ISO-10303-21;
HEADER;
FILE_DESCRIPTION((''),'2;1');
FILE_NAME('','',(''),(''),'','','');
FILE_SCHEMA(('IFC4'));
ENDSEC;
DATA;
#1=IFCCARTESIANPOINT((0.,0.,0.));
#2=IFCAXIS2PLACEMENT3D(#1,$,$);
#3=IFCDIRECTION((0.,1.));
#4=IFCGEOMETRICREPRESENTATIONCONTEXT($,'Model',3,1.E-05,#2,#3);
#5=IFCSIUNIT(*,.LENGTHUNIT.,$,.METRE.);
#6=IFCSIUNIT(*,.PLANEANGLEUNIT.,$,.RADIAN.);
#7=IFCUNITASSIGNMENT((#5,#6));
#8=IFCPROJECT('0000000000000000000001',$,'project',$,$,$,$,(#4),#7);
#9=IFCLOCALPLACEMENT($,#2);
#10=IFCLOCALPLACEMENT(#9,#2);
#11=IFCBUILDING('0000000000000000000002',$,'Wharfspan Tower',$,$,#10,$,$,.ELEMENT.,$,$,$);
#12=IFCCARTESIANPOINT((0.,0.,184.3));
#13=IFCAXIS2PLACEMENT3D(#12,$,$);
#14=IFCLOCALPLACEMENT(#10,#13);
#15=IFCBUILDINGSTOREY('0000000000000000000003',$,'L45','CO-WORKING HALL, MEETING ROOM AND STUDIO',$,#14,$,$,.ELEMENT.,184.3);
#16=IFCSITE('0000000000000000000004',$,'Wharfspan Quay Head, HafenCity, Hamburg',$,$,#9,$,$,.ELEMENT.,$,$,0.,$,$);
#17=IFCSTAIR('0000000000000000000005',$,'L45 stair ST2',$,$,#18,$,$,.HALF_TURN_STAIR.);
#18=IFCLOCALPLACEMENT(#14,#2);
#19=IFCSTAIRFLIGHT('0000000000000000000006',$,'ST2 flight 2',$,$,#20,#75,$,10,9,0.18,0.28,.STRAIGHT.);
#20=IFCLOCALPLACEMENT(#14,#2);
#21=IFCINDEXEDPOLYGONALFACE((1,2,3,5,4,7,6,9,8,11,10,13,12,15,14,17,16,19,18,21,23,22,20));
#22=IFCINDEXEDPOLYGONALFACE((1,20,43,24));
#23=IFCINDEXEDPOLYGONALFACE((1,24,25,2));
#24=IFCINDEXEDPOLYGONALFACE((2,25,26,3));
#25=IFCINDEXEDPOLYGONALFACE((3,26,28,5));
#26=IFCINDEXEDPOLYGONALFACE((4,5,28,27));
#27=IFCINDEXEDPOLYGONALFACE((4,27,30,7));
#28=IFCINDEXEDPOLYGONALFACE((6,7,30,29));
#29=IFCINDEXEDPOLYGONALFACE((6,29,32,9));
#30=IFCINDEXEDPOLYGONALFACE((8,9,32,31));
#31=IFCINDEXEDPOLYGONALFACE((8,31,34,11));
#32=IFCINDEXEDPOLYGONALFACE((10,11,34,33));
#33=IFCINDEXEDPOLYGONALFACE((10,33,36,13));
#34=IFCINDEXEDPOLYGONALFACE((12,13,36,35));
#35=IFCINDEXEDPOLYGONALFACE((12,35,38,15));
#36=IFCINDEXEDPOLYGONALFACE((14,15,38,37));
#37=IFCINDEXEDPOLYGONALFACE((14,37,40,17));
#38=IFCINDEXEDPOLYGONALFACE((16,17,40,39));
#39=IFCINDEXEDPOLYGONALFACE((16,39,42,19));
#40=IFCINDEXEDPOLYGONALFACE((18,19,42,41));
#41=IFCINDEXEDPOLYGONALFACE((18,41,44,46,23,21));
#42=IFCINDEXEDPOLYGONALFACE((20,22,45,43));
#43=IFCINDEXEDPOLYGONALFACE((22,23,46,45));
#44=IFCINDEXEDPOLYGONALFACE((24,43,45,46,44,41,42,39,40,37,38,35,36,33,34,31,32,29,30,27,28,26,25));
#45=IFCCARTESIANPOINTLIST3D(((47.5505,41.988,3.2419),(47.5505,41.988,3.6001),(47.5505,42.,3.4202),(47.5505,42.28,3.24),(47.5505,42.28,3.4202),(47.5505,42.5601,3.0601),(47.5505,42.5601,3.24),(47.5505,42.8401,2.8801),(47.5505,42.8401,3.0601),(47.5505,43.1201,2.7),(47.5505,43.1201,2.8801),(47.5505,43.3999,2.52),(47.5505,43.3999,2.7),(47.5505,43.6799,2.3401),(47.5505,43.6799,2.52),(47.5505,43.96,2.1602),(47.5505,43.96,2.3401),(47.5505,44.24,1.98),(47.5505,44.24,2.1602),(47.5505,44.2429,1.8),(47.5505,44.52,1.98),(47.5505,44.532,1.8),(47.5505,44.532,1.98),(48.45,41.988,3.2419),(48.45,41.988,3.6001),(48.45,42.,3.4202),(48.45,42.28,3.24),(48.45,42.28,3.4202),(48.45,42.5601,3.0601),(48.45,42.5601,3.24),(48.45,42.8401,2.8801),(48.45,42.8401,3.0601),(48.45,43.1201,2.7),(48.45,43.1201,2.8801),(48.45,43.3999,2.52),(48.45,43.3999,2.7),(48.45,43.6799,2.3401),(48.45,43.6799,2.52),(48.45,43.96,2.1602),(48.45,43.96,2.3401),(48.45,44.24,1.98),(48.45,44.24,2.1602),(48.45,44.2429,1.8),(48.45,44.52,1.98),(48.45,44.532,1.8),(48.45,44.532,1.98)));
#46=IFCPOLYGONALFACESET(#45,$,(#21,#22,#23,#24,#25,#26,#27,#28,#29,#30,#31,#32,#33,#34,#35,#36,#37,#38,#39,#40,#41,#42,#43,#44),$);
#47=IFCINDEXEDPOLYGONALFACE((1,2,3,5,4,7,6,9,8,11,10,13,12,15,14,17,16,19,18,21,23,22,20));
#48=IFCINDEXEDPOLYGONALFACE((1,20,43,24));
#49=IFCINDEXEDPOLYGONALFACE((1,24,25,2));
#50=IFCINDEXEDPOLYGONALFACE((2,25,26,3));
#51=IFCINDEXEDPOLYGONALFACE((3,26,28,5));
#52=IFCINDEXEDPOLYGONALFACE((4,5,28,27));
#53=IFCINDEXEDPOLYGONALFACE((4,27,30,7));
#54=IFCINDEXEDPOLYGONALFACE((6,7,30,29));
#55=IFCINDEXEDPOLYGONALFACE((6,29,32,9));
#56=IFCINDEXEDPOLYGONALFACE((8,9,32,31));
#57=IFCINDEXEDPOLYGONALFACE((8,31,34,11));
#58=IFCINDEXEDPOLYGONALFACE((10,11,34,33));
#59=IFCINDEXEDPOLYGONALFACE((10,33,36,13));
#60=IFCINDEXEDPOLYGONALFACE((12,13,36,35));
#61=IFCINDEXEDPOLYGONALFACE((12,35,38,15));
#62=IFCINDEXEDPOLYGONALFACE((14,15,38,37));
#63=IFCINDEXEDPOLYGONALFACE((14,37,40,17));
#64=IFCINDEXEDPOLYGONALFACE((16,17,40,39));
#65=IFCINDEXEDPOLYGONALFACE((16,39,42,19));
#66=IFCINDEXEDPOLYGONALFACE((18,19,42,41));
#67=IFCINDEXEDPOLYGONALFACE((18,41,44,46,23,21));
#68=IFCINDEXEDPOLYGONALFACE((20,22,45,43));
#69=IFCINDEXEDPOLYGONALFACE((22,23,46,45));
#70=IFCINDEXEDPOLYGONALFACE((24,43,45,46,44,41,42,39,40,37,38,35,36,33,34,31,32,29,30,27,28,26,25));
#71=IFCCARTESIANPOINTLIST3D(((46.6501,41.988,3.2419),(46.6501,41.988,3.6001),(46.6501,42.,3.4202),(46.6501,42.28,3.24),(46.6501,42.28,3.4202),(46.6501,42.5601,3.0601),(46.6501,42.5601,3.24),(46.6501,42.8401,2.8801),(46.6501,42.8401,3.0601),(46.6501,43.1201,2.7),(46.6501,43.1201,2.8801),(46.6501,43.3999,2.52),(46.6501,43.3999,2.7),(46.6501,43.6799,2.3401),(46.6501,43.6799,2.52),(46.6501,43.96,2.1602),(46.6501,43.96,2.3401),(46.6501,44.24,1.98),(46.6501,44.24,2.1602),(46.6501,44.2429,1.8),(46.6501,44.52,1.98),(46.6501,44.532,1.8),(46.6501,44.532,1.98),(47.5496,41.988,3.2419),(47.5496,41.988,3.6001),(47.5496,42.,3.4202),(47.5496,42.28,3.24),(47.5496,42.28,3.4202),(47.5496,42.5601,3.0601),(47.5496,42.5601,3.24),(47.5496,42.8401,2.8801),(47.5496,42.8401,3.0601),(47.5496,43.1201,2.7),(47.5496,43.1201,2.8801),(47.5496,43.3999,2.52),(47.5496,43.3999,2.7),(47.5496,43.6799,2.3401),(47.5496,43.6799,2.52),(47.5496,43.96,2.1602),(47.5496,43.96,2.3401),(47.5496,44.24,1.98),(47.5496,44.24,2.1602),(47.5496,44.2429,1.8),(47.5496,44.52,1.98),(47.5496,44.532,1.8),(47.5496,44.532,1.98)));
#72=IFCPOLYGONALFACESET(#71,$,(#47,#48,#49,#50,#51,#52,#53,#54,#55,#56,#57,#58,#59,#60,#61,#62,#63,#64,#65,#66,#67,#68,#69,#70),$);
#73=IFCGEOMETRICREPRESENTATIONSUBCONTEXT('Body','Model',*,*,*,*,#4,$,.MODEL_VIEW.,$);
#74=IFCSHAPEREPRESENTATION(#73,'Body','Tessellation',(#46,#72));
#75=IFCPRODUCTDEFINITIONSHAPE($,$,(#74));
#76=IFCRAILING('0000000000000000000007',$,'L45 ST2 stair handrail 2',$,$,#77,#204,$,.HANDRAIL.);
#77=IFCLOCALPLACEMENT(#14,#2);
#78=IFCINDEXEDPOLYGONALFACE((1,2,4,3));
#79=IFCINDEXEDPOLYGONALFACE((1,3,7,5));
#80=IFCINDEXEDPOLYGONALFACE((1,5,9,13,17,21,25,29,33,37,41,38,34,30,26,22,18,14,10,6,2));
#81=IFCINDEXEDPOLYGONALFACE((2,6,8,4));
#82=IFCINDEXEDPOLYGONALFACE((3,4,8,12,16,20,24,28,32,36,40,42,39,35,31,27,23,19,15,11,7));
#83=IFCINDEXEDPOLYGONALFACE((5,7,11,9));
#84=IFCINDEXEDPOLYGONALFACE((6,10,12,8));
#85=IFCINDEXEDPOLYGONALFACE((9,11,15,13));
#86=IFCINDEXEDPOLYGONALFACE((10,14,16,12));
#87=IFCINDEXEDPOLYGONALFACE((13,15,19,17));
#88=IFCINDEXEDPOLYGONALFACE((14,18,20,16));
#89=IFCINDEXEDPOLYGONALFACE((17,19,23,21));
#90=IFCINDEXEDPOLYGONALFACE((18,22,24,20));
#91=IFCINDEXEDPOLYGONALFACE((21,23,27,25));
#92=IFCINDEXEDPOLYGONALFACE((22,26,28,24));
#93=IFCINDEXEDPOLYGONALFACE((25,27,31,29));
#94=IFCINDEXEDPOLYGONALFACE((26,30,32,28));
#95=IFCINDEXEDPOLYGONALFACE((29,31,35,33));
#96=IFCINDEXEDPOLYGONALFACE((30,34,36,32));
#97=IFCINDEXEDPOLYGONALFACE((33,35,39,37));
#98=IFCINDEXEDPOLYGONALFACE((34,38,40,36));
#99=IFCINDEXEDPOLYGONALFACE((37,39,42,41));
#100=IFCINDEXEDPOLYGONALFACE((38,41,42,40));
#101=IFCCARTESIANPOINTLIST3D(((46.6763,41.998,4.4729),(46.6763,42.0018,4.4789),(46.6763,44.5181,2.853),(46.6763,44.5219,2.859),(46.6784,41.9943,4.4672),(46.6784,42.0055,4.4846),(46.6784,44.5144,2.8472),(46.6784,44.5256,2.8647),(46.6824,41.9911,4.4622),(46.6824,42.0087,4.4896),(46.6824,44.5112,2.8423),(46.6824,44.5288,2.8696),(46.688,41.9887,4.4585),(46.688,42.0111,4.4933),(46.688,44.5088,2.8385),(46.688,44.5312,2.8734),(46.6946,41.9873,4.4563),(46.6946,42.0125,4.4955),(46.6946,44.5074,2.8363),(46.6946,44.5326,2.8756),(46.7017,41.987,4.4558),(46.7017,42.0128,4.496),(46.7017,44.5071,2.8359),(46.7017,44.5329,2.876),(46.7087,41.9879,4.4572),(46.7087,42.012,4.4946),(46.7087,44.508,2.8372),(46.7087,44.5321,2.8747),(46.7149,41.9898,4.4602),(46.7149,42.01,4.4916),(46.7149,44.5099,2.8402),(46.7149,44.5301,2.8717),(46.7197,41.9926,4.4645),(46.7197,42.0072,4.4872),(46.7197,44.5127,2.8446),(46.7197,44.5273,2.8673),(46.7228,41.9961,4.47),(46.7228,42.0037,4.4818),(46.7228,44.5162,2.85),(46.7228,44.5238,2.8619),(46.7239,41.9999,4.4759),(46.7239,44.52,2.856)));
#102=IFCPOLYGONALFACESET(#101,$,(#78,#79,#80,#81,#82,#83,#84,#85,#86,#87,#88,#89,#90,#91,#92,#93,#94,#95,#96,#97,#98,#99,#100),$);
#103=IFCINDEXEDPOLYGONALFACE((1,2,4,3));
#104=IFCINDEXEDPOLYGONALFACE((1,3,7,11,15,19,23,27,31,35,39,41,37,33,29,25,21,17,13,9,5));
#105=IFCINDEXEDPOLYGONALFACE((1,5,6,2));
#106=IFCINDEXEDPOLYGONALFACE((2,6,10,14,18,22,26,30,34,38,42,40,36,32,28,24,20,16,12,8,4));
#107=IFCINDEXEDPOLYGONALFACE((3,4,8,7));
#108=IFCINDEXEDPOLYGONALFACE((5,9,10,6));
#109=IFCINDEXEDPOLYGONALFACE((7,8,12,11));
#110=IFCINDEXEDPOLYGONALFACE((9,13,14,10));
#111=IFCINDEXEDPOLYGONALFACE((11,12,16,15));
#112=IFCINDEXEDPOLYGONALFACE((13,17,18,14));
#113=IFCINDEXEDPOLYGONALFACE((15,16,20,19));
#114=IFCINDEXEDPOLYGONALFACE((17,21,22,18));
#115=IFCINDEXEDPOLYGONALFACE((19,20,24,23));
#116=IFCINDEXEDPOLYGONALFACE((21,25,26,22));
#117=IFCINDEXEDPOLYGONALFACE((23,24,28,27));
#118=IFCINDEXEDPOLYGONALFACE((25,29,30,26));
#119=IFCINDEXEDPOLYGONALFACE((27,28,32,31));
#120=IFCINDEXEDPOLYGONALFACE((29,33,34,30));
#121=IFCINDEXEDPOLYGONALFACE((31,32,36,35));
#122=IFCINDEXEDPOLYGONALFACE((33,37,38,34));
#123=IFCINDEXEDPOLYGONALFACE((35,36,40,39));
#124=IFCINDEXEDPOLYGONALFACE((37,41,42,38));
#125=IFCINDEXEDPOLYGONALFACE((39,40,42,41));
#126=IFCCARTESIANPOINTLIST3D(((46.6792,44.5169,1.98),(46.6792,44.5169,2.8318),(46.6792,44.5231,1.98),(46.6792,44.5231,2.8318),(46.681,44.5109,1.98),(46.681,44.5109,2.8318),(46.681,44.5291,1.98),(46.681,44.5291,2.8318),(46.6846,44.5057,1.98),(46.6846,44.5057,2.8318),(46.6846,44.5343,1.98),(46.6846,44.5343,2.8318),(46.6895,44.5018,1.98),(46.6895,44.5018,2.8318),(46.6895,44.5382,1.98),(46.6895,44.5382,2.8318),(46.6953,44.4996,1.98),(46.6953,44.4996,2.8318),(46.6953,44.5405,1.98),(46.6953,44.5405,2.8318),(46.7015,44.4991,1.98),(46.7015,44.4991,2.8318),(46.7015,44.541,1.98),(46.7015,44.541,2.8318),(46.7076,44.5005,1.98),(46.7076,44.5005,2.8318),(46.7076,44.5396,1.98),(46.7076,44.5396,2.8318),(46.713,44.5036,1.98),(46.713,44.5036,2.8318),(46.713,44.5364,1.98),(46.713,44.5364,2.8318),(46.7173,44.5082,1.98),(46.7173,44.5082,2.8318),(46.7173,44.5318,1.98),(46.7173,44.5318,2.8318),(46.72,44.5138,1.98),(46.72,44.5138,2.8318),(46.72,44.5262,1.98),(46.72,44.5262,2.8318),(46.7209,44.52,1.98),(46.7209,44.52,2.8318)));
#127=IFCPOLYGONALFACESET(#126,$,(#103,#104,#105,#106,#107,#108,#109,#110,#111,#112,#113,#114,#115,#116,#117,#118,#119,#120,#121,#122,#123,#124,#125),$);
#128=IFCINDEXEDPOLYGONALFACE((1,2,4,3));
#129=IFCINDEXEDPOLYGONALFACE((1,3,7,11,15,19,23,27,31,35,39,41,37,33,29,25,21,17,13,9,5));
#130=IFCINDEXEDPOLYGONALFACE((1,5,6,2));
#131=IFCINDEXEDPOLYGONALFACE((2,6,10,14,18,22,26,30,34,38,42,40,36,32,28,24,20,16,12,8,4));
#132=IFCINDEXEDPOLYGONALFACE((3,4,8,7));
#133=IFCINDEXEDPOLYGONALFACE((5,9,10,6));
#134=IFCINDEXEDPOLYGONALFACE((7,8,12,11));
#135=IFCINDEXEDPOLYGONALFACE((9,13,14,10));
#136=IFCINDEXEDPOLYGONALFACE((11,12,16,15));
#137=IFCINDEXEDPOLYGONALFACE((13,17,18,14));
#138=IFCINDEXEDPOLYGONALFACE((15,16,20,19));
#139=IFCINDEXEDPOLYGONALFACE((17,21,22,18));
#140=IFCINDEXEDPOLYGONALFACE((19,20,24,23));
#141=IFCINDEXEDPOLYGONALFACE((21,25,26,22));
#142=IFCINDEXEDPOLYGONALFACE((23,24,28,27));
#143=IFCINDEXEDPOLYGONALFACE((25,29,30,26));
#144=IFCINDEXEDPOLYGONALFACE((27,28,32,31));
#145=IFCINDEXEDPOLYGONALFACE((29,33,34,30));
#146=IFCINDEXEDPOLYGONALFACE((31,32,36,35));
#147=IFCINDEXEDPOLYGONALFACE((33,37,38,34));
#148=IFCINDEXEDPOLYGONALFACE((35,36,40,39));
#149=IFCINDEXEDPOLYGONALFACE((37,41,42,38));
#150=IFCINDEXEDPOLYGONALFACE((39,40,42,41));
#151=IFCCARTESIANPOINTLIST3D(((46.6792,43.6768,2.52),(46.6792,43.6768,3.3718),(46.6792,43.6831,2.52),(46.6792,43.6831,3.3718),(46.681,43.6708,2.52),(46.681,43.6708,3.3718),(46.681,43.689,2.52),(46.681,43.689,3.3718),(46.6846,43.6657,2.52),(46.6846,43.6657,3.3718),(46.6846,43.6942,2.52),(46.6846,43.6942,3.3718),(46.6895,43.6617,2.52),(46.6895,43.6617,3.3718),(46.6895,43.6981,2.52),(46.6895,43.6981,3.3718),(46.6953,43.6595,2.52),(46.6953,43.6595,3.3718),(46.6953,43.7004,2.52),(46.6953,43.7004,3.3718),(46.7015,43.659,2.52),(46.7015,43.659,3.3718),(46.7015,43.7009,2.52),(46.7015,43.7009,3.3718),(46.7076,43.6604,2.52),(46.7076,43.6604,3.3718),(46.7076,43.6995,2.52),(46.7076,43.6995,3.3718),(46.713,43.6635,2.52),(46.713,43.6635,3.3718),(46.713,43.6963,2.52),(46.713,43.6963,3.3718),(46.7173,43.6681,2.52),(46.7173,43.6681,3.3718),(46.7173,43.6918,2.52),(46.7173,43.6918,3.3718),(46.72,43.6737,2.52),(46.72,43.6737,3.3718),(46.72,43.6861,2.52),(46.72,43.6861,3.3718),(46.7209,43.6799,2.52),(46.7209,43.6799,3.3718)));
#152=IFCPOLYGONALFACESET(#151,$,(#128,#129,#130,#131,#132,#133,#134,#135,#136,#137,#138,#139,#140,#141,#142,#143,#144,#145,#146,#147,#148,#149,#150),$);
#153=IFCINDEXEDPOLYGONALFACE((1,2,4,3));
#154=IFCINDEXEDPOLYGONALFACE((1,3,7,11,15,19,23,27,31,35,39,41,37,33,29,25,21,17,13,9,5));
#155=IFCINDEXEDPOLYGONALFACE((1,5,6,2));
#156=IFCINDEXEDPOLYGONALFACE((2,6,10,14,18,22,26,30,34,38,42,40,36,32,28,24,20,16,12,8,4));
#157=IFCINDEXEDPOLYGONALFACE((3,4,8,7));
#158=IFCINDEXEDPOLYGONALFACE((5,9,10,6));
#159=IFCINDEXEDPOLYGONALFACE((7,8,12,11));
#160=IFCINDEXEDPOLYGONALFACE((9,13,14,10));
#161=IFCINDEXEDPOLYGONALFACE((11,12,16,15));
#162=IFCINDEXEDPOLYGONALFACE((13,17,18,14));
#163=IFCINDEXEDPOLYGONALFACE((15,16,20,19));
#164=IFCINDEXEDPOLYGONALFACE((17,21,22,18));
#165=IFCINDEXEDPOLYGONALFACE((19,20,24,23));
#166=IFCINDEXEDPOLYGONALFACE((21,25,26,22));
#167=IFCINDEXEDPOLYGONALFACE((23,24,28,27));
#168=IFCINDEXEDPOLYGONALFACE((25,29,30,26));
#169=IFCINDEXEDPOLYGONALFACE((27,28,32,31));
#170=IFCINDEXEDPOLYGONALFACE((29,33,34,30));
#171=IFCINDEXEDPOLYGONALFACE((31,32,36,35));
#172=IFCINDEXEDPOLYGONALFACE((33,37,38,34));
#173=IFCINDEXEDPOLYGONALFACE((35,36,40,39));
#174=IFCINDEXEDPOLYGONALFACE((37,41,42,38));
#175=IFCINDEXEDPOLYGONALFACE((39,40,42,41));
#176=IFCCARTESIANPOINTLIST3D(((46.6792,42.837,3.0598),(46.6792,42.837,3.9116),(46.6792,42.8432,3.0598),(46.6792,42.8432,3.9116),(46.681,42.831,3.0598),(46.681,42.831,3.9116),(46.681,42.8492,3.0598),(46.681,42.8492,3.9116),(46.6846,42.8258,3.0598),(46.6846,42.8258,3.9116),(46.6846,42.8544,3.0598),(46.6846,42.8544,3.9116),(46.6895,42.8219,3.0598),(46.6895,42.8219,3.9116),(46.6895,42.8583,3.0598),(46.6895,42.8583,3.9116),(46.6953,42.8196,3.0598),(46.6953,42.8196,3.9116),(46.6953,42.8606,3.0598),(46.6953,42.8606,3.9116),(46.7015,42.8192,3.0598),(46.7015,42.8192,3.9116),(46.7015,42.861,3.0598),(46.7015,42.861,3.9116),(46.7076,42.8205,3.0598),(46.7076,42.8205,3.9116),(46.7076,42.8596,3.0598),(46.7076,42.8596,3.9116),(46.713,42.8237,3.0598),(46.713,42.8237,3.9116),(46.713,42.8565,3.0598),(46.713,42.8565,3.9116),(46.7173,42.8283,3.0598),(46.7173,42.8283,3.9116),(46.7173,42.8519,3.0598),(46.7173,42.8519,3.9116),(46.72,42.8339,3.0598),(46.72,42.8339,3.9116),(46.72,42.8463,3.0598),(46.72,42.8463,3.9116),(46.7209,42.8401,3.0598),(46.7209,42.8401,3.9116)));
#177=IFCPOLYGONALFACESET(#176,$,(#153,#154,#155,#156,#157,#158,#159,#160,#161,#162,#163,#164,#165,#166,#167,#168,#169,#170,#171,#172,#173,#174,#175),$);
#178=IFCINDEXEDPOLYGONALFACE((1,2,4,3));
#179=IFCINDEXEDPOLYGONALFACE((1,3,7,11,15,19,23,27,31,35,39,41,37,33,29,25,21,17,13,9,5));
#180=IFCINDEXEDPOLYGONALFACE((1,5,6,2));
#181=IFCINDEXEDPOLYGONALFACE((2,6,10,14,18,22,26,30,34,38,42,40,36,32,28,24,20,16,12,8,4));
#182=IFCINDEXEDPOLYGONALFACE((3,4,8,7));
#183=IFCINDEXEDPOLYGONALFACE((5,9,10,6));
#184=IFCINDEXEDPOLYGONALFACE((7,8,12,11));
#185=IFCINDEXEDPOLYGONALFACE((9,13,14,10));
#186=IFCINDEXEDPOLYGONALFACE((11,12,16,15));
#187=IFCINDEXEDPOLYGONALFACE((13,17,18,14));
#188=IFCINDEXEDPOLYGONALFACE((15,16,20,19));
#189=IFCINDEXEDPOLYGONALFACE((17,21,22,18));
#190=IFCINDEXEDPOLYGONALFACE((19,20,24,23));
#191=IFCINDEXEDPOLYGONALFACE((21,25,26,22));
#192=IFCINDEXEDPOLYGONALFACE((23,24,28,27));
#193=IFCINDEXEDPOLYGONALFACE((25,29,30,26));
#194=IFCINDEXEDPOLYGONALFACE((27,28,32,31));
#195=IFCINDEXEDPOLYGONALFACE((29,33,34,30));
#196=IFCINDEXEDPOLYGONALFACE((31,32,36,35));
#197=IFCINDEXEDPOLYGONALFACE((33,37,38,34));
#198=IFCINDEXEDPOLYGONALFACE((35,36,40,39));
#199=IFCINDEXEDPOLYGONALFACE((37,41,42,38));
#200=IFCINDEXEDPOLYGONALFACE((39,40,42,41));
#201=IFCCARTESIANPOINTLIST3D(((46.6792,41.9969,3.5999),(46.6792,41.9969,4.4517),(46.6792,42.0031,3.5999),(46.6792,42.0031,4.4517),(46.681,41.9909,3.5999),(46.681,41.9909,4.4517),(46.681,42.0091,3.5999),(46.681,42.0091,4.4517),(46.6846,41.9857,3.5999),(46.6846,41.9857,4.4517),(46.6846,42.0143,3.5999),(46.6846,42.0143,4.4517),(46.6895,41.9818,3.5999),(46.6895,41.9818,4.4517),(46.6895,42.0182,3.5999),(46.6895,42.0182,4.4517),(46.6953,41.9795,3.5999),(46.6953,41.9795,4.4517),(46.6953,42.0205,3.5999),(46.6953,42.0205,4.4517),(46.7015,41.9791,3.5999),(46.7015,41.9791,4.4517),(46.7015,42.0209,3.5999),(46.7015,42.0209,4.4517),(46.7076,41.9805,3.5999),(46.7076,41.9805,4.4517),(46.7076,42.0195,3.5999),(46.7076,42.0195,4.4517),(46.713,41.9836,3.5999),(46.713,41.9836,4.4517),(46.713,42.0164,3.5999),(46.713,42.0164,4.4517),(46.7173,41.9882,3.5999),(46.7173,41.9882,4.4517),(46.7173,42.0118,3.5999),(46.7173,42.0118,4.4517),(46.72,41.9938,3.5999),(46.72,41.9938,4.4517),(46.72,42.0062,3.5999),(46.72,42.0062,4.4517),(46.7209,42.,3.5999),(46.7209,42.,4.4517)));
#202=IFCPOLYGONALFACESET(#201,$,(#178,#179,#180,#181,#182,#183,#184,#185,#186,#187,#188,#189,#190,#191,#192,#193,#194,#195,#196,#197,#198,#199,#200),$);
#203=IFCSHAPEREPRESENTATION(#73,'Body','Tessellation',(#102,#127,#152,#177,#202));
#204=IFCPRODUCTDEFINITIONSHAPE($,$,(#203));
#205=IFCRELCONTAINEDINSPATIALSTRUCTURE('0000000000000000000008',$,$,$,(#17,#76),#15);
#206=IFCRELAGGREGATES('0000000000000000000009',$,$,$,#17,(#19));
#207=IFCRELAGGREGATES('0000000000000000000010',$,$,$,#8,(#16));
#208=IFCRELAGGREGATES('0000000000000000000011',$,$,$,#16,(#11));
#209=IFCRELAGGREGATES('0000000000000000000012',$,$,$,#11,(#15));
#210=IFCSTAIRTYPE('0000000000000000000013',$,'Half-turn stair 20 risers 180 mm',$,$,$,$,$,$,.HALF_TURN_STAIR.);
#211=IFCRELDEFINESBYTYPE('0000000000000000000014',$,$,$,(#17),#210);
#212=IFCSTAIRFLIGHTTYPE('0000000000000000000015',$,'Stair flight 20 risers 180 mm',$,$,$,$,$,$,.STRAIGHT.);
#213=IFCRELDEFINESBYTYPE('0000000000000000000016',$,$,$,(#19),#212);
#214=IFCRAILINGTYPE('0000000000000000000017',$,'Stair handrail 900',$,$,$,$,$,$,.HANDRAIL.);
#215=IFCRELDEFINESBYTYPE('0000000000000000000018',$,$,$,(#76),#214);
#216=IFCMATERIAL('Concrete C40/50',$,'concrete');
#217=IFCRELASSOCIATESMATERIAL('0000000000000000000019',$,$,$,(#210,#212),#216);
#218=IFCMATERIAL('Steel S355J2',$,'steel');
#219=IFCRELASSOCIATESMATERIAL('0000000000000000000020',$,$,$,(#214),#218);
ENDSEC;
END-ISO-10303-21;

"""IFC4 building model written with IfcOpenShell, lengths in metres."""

from ifc_helpers import new_model, si_unit, direction, frame, origin, origin_2d, place, context, subcontext, project, spatial, polyline, circle, outline, extrude, material, type_object, element, aggregate, save


model = new_model("IFC4")

# Units and contexts
model_context = context("Model", 3, precision=1e-05, world=origin(), true_north=direction((0.0, 1.0)))
body_context = subcontext(model_context, "Body", "Model", "MODEL_VIEW")
ifc_project = project(units=[si_unit("LENGTHUNIT", "METRE"), si_unit("PLANEANGLEUNIT", "RADIAN")], contexts=[model_context])

# Site, building, storey
site_placement = place(None, origin())
site = spatial("IfcSite", under=ifc_project, at=site_placement, Name="Wharfspan Quay Head, HafenCity, Hamburg", CompositionType="ELEMENT", RefElevation=0.0)
building_placement = place(site_placement, origin())
building = spatial("IfcBuilding", under=site, at=building_placement, Name="Wharfspan Tower", CompositionType="ELEMENT")
storey_placement = place(building_placement, frame((0.0, 0.0, 184.3)))
storey = spatial("IfcBuildingStorey", under=building, at=storey_placement, Name="L45", Description="CO-WORKING HALL, MEETING ROOM AND STUDIO", CompositionType="ELEMENT", Elevation=184.3)

# Shared definitions
ifc_material_1 = material(Name="Steel S355J2", Category="steel")

# Shared definitions
ifc_material_2 = material(Name="Concrete C40/50", Category="concrete")

# Stair, stair flight
stair_type = type_object("IfcStairType", Name="Half-turn stair 20 risers 180 mm", PredefinedType="HALF_TURN_STAIR", material=ifc_material_2)
stair_placement = place(storey_placement, origin())
stair = element("IfcStair", 1, at=stair_placement, inside=storey, type_object=stair_type, Name="L45 stair ST2", PredefinedType="HALF_TURN_STAIR")
stair_flight_type = type_object("IfcStairFlightType", Name="Stair flight 20 risers 180 mm", PredefinedType="STRAIGHT", material=ifc_material_2)
stair_flight_placement = place(storey_placement, frame((47.55, 44.52, 1.8), z_axis=(0.0, 0.0, 1.0), x_axis=(0.0, -1.0, 0.0)))
stair_flight = element("IfcStairFlight", 2, at=stair_flight_placement, type_object=stair_flight_type, Name="ST2 flight 2", NumberOfRisers=10, NumberOfTreads=9, PredefinedType="STRAIGHT", RiserHeight=0.18, TreadLength=0.28, context=body_context, shape_type="SweptSolid", body=[
    extrude(outline(polyline([(-0.012, 0.0), (-0.012, 0.1799), (0.0, 0.1799), (0.28, 0.1799), (0.28, 0.3601), (0.5601, 0.3601), (0.5601, 0.54), (0.8401, 0.54), (0.8401, 0.72), (1.1201, 0.72), (1.1201, 0.8999), (1.3999, 0.8999), (1.3999, 1.0801), (1.6799, 1.0801), (1.6799, 1.26), (1.96, 1.26), (1.96, 1.4399), (2.24, 1.4399), (2.24, 1.6201), (2.52, 1.6201), (2.532, 1.8), (2.532, 1.4419), (0.2771, 0.0), (-0.012, 0.0)])), frame((0.0, 0.8999, 0.0), z_axis=(0.0, -1.0, 0.0), x_axis=(1.0, 0.0, 0.0)), (0.0, 0.0, 1.0), 0.8994),
    extrude(outline(polyline([(-0.012, 0.0), (-0.012, 0.1799), (0.0, 0.1799), (0.28, 0.1799), (0.28, 0.3601), (0.5601, 0.3601), (0.5601, 0.54), (0.8401, 0.54), (0.8401, 0.72), (1.1201, 0.72), (1.1201, 0.8999), (1.3999, 0.8999), (1.3999, 1.0801), (1.6799, 1.0801), (1.6799, 1.26), (1.96, 1.26), (1.96, 1.4399), (2.24, 1.4399), (2.24, 1.6201), (2.52, 1.6201), (2.532, 1.8), (2.532, 1.4419), (0.2771, 0.0), (-0.012, 0.0)])), frame((0.0, -0.0005, 0.0), z_axis=(0.0, -1.0, 0.0), x_axis=(1.0, 0.0, 0.0)), (0.0, 0.0, 1.0), 0.8994),
])
aggregate(stair, [stair_flight])

# Railing
railing_type = type_object("IfcRailingType", Name="Stair handrail 900", PredefinedType="HANDRAIL", material=ifc_material_1)
railing_placement = place(storey_placement, frame((46.7, 44.52, 1.98)))
element("IfcRailing", 3, at=railing_placement, inside=storey, type_object=railing_type, Name="L45 ST2 stair handrail 2", PredefinedType="HANDRAIL", context=body_context, shape_type="SweptSolid", body=[
    extrude(circle(Radius=0.0239, at=origin_2d()), frame((0.0, 0.0, 0.876), z_axis=(0.0, -0.8412, 0.540725), x_axis=(1.0, 0.0, 0.0)), (0.0, 0.0, 1.0), 2.9958),
    extrude(circle(Radius=0.021, at=origin_2d()), origin(), (0.0, 0.0, 1.0), 0.8518),
    extrude(circle(Radius=0.021, at=origin_2d()), frame((0.0, -0.8401, 0.54)), (0.0, 0.0, 1.0), 0.8518),
    extrude(circle(Radius=0.021, at=origin_2d()), frame((0.0, -1.6799, 1.0798)), (0.0, 0.0, 1.0), 0.8518),
    extrude(circle(Radius=0.021, at=origin_2d()), frame((0.0, -2.52, 1.6199)), (0.0, 0.0, 1.0), 0.8518),
])

save(model, "model.ifc")
